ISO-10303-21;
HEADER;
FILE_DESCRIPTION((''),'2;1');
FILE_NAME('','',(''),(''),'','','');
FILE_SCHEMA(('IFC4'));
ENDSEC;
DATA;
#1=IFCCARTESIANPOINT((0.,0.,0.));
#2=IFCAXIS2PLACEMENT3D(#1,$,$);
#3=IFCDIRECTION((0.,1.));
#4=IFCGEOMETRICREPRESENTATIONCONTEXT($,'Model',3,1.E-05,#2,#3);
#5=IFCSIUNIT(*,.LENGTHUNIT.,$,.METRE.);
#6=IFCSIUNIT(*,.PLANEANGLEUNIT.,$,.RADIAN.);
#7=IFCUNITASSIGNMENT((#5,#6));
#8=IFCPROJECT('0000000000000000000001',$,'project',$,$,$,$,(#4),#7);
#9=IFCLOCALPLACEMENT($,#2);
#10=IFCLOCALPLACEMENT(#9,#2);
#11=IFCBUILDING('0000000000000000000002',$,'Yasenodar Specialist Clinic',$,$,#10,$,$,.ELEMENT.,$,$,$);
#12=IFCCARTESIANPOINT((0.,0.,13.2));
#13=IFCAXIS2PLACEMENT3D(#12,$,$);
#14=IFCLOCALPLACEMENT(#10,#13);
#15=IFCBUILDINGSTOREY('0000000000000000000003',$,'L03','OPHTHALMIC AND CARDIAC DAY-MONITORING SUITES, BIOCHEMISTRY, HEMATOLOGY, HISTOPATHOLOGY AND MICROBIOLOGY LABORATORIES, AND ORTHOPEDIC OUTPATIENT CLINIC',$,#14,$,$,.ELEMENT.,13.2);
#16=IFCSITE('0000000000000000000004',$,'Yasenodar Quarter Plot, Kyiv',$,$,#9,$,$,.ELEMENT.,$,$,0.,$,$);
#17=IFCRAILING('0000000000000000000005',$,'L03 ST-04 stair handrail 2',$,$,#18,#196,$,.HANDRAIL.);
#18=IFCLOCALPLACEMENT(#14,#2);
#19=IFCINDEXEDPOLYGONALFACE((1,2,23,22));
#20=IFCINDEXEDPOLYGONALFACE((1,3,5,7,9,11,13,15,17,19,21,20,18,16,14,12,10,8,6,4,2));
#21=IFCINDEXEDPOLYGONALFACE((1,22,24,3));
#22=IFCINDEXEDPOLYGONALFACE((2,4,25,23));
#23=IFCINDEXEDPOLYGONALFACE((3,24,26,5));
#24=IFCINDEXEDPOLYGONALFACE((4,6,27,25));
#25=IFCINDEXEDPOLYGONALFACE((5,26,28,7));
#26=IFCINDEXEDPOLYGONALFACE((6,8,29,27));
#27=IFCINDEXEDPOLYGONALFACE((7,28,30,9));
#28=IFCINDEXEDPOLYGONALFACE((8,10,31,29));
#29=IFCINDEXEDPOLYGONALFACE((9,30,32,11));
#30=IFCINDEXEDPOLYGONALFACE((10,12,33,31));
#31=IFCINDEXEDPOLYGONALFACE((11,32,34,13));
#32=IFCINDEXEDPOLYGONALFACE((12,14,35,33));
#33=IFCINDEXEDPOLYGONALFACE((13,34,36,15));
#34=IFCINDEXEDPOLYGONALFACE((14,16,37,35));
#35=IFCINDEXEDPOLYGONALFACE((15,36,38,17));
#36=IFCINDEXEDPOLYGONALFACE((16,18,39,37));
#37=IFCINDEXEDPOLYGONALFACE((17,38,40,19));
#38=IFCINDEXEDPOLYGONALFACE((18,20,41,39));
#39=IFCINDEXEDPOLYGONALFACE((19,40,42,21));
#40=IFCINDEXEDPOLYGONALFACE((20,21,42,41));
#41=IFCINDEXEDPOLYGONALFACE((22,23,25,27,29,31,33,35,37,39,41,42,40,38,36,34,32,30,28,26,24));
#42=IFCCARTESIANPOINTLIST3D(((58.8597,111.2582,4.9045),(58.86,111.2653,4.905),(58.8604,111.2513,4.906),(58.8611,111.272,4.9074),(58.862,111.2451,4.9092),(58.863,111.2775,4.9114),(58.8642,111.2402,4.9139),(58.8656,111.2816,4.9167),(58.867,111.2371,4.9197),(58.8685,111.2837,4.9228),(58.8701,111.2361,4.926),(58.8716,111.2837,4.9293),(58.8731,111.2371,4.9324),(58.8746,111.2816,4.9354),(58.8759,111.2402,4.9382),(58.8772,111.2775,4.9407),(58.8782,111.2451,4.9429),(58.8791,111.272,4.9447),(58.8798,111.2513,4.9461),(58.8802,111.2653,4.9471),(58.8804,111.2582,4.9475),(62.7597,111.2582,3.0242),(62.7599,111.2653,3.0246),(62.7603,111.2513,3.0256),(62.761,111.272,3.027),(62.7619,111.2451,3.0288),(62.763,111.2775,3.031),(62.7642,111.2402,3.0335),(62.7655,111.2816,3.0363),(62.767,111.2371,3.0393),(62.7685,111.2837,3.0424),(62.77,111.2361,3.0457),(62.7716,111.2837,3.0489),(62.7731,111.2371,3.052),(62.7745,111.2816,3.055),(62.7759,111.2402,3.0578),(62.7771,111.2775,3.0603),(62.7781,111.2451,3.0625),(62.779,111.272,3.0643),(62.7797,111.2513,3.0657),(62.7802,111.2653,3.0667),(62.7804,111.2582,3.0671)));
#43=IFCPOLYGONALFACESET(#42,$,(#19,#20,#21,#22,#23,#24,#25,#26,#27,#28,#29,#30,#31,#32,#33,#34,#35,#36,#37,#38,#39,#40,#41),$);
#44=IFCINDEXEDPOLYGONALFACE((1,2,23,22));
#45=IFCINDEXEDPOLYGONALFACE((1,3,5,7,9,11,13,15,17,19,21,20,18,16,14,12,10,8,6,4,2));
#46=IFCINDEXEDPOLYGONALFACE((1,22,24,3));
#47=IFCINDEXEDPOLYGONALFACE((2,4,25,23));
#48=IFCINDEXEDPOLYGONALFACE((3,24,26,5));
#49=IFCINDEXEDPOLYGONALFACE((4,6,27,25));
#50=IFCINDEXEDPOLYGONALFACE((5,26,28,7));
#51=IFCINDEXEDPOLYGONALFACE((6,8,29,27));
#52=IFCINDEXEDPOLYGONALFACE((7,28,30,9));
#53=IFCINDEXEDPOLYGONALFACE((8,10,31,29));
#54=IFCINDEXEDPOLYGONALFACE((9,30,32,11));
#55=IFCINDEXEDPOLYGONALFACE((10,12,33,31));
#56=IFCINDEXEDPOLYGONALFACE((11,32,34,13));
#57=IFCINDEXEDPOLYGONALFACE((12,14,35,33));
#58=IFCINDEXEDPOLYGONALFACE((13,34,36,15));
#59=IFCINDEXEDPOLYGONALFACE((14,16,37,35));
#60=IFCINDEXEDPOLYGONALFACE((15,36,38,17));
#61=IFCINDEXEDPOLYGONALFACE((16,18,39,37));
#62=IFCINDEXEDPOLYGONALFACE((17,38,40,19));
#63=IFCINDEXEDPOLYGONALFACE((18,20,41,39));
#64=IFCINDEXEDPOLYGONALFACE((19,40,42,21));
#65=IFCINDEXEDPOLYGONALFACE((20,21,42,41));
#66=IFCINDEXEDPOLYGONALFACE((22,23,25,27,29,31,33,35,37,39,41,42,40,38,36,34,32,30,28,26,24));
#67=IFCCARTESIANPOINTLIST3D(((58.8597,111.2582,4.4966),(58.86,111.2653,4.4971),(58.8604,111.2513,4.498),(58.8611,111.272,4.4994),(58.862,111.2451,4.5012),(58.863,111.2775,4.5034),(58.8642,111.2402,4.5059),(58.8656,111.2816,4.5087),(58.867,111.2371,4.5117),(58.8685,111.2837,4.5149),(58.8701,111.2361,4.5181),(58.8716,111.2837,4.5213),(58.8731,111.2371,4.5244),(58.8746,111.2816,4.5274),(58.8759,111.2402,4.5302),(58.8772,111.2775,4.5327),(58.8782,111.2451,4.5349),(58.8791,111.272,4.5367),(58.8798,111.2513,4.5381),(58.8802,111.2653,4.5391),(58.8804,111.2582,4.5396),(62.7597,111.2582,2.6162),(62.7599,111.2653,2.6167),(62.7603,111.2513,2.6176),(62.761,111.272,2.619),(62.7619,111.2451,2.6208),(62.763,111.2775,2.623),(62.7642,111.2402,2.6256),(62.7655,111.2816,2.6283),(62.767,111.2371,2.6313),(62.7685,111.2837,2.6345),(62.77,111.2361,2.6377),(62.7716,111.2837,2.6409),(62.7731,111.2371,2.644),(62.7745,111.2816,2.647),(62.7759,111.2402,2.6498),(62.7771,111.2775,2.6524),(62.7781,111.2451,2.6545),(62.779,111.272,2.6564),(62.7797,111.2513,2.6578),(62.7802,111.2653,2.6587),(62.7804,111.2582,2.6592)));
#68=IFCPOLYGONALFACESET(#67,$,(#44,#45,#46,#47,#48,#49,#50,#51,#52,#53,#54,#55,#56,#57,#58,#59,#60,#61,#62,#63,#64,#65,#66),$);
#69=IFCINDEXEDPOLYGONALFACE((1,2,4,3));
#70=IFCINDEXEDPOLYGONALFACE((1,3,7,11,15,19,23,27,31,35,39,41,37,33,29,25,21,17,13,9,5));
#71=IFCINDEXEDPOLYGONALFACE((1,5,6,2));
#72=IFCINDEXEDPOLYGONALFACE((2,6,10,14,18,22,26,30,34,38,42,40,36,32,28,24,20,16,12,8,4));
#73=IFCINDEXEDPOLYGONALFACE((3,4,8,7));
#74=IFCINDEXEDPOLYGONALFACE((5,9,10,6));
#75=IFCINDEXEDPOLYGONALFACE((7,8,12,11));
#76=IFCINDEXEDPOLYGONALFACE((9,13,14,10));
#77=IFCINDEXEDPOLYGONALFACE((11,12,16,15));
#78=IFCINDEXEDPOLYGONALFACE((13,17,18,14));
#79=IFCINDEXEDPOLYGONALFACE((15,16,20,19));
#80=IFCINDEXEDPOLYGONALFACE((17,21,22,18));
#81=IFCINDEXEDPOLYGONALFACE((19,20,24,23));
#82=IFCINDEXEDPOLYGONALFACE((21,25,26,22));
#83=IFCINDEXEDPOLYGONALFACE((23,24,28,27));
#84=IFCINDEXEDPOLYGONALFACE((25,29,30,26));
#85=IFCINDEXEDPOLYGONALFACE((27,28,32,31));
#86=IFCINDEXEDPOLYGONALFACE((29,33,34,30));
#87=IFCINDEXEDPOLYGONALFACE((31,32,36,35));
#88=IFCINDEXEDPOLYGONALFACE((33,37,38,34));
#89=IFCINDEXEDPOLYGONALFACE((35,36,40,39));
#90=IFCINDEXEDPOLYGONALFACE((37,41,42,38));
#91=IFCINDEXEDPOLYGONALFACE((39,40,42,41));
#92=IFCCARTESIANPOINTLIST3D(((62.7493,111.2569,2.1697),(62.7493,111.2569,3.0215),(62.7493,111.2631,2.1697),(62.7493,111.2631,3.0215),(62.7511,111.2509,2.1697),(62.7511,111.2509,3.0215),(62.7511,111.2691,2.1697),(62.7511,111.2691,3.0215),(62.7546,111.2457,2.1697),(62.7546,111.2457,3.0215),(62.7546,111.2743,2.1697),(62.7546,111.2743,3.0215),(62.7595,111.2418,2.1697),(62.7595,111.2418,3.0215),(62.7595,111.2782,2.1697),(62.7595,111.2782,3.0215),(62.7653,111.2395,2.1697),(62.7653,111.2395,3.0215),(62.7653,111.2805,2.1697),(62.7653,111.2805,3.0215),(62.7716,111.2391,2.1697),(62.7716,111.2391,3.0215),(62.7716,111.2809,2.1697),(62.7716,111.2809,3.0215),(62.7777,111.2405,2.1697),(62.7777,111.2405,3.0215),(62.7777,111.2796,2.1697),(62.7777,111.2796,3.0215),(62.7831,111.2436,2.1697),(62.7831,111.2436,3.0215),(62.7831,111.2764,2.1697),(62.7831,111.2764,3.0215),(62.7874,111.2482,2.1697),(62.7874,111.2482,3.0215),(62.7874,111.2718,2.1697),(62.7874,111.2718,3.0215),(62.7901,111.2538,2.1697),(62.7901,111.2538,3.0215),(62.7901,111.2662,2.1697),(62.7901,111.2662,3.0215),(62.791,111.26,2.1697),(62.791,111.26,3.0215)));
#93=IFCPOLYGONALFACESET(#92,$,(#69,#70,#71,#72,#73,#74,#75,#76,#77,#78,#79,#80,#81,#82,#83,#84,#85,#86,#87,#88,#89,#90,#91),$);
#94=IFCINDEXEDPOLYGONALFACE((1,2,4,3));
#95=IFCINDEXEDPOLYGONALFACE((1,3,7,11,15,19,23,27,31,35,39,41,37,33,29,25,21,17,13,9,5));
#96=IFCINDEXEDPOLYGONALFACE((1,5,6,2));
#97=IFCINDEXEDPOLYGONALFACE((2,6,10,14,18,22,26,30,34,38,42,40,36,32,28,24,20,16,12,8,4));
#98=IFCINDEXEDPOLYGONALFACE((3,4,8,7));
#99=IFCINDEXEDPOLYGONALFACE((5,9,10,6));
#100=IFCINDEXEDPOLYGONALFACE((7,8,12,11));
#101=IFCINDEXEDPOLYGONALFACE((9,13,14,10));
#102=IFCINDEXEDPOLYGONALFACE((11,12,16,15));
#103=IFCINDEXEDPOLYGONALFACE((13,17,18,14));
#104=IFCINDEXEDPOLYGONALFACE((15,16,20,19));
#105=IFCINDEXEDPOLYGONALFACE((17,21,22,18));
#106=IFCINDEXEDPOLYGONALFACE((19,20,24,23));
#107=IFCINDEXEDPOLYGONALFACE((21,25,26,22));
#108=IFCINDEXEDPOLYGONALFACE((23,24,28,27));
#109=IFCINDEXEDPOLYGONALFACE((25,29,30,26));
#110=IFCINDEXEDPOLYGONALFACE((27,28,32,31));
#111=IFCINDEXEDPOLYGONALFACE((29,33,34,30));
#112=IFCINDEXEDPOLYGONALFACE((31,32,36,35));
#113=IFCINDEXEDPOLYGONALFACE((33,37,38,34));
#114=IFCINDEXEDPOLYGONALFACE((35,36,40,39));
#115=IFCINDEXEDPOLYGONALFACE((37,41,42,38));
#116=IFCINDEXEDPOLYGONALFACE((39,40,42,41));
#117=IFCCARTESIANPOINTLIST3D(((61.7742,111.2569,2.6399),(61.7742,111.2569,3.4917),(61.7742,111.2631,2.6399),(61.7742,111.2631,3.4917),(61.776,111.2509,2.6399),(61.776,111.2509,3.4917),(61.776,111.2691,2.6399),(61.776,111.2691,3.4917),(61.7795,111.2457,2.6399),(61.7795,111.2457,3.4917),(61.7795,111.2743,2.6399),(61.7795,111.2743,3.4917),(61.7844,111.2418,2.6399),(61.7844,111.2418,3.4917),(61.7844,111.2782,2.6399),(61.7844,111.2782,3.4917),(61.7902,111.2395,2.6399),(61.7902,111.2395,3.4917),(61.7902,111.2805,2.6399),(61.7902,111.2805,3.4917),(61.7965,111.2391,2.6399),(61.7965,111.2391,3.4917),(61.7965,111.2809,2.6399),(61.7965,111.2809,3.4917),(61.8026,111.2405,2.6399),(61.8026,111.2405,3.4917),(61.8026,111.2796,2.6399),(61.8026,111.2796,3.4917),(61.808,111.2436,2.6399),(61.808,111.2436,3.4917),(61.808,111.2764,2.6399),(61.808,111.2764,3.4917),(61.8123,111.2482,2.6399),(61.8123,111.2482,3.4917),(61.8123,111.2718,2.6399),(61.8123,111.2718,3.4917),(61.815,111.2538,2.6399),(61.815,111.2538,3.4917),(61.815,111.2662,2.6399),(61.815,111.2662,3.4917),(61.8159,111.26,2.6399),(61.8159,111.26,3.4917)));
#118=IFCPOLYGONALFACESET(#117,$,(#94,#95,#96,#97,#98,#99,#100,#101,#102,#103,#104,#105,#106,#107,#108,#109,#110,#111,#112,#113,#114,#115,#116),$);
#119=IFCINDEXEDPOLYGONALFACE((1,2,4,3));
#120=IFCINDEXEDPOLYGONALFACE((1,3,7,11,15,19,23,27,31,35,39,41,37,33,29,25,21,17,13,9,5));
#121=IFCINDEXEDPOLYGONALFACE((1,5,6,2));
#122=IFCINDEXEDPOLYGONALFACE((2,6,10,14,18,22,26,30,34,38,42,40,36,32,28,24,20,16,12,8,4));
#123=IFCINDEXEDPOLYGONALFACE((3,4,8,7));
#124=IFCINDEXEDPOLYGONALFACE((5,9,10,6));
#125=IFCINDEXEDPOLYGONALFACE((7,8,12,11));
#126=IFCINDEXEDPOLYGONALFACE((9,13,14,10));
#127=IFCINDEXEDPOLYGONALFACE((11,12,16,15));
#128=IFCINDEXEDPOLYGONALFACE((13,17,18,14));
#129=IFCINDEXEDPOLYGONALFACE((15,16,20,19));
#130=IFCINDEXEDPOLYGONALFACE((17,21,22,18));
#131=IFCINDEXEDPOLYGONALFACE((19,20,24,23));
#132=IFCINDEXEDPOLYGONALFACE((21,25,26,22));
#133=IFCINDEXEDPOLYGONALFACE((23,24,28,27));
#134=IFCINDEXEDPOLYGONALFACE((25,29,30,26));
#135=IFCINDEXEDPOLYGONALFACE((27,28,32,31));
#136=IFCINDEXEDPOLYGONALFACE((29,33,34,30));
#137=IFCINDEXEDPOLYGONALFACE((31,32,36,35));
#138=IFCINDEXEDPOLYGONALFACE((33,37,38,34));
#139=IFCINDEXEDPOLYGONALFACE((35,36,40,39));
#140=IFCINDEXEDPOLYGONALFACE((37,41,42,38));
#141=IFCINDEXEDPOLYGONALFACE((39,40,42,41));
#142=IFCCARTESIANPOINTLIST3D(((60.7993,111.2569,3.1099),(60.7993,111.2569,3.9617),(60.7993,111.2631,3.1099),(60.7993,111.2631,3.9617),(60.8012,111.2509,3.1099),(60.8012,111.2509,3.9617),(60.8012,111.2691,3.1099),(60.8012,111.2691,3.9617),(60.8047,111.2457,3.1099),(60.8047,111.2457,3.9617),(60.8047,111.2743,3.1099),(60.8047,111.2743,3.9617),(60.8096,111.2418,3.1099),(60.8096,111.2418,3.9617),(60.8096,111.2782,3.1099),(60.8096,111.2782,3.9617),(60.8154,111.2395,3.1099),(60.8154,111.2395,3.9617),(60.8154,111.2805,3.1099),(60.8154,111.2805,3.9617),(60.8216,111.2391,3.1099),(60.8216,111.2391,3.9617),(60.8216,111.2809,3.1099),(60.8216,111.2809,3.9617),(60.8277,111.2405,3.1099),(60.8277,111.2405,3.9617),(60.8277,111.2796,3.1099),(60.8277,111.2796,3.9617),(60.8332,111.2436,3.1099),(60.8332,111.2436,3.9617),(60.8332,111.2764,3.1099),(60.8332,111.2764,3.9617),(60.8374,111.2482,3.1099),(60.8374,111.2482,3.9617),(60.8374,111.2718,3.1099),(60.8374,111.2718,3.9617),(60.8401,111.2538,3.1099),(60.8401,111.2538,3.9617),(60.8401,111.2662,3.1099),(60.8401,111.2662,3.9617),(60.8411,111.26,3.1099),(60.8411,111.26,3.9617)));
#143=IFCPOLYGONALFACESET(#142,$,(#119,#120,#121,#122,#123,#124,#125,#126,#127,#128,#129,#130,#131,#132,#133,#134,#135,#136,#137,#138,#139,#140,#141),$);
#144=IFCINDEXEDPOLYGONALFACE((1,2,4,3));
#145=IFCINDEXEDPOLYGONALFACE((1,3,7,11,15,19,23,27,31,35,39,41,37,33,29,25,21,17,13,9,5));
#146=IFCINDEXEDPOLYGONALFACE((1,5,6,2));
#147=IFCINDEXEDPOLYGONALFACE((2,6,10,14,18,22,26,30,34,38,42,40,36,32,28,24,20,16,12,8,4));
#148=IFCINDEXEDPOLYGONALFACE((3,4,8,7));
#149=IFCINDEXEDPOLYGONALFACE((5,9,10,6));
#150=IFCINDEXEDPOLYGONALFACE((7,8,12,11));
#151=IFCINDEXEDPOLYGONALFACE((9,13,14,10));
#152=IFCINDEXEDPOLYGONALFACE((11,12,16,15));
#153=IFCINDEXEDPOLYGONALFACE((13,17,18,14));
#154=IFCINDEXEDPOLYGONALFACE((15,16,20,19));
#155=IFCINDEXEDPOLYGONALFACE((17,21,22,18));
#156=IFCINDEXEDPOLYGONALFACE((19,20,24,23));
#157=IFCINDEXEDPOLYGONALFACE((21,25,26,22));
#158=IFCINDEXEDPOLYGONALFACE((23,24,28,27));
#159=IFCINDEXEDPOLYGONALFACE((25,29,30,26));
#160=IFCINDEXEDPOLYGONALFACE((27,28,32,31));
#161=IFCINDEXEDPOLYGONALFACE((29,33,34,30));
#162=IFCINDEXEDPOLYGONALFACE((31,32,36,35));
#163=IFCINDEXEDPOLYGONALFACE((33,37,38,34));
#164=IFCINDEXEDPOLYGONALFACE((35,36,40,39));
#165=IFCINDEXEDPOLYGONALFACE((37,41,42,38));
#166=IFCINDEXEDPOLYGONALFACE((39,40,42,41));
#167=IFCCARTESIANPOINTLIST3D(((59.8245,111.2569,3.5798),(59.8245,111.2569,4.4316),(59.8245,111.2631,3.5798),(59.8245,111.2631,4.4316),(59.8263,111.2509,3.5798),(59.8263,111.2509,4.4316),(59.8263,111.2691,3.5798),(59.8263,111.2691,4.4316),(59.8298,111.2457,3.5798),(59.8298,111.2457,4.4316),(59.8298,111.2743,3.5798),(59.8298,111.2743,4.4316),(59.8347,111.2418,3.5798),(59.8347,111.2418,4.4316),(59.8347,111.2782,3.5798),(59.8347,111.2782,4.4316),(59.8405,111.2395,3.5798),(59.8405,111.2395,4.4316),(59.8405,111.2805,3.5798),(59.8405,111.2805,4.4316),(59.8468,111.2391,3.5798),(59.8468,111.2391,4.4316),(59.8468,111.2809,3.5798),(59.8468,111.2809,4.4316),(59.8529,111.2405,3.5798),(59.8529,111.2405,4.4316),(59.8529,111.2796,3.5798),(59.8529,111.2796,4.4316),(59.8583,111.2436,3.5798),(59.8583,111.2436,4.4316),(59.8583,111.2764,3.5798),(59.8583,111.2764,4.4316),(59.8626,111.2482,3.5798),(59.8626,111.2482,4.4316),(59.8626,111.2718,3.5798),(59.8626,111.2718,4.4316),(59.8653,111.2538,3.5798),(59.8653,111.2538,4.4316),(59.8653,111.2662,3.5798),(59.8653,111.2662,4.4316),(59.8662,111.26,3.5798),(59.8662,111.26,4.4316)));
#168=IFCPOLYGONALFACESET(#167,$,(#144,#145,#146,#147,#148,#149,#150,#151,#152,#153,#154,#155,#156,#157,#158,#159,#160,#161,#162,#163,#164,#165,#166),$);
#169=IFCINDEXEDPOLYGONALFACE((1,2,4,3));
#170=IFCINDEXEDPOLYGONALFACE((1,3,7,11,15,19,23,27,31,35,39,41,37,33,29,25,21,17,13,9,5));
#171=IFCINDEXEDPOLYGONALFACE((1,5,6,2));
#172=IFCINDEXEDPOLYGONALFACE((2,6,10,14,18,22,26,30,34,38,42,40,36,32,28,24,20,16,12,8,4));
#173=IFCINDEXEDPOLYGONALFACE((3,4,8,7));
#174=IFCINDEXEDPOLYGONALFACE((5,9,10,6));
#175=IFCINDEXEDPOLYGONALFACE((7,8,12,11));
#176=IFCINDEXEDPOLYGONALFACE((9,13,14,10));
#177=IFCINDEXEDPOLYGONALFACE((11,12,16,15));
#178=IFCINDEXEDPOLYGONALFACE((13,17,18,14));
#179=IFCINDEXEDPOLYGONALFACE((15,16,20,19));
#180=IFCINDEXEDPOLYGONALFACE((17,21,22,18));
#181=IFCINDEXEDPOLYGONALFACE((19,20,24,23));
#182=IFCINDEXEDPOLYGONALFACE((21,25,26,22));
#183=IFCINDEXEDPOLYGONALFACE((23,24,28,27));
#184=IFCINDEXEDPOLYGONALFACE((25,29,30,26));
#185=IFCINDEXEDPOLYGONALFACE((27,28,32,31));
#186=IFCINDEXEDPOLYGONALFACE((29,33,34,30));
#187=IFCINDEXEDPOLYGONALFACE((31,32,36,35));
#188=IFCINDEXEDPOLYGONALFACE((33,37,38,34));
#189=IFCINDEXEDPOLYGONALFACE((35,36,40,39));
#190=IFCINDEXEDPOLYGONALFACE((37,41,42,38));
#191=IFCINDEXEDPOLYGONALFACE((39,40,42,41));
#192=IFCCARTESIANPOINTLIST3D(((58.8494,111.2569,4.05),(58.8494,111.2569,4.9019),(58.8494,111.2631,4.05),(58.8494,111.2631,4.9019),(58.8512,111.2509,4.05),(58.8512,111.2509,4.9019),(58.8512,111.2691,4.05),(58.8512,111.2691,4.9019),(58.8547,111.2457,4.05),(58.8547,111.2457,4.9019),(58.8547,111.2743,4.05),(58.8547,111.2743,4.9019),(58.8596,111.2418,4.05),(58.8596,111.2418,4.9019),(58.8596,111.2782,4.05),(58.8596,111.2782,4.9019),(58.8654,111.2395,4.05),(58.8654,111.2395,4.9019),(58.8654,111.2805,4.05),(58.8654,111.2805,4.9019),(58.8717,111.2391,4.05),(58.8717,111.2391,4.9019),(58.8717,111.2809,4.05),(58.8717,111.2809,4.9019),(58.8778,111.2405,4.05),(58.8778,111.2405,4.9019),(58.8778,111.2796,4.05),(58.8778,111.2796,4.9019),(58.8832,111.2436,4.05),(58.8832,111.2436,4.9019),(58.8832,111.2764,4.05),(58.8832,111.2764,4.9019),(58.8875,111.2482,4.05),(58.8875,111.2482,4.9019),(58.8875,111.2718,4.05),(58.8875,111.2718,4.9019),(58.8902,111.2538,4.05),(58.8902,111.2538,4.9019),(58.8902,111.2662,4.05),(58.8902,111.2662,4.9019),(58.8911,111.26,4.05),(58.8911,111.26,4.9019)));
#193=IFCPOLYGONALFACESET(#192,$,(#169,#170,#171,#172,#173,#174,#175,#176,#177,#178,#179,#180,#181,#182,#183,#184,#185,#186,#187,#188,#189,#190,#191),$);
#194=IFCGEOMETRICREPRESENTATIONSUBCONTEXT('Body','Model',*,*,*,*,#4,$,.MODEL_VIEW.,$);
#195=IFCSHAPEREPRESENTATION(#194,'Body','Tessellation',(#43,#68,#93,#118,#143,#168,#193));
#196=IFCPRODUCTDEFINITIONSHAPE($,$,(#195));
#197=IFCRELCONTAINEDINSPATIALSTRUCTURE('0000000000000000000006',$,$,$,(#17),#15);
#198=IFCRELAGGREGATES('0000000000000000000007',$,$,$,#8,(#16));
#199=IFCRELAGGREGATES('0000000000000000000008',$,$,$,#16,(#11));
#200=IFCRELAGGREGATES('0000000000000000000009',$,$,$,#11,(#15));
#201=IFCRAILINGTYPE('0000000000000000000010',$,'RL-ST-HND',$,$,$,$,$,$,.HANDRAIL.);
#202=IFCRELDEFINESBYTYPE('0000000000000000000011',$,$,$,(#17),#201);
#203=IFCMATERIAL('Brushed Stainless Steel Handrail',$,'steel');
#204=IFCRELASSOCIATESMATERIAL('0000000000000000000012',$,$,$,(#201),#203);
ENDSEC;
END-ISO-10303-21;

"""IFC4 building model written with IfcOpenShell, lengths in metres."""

from ifc_helpers import new_model, si_unit, direction, frame, origin, origin_2d, place, context, subcontext, project, spatial, circle, extrude, material, type_object, element, save


model = new_model("IFC4")

# Units and contexts
model_context = context("Model", 3, precision=1e-05, world=origin(), true_north=direction((0.0, 1.0)))
body_context = subcontext(model_context, "Body", "Model", "MODEL_VIEW")
ifc_project = project(units=[si_unit("LENGTHUNIT", "METRE"), si_unit("PLANEANGLEUNIT", "RADIAN")], contexts=[model_context])

# Site, building, storey
site_placement = place(None, origin())
site = spatial("IfcSite", under=ifc_project, at=site_placement, Name="Yasenodar Quarter Plot, Kyiv", CompositionType="ELEMENT", RefElevation=0.0)
building_placement = place(site_placement, origin())
building = spatial("IfcBuilding", under=site, at=building_placement, Name="Yasenodar Specialist Clinic", CompositionType="ELEMENT")
storey_placement = place(building_placement, frame((0.0, 0.0, 13.2)))
storey = spatial("IfcBuildingStorey", under=building, at=storey_placement, Name="L03", Description="OPHTHALMIC AND CARDIAC DAY-MONITORING SUITES, BIOCHEMISTRY, HEMATOLOGY, HISTOPATHOLOGY AND MICROBIOLOGY LABORATORIES, AND ORTHOPEDIC OUTPATIENT CLINIC", CompositionType="ELEMENT", Elevation=13.2)

# Railing
ifc_material_1 = material(Name="Brushed Stainless Steel Handrail", Category="steel")
railing_type_1 = type_object("IfcRailingType", Name="RL-ST-HND", PredefinedType="HANDRAIL", material=ifc_material_1)
railing_1_placement = place(storey_placement, frame((62.77, 111.26, 2.1697)))
element("IfcRailing", 1, at=railing_1_placement, inside=storey, type_object=railing_type_1, Name="L03 ST-04 stair handrail 2", PredefinedType="HANDRAIL", context=body_context, shape_type="SweptSolid", body=[
    extrude(circle(Radius=0.0239, at=origin_2d()), frame((0.0, 0.0, 0.876), z_axis=(-0.900763, 0.0, 0.434311), x_axis=(0.0, -1.0, 0.0)), (0.0, 0.0, 1.0), 4.3296),
    extrude(circle(Radius=0.0239, at=origin_2d()), frame((0.0, 0.0, 0.468), z_axis=(-0.900763, 0.0, 0.434311), x_axis=(0.0, -1.0, 0.0)), (0.0, 0.0, 1.0), 4.3296),
    extrude(circle(Radius=0.021, at=origin_2d()), origin(), (0.0, 0.0, 1.0), 0.8518),
    extrude(circle(Radius=0.021, at=origin_2d()), frame((-0.9751, 0.0, 0.4702)), (0.0, 0.0, 1.0), 0.8518),
    extrude(circle(Radius=0.021, at=origin_2d()), frame((-1.95, 0.0, 0.9402)), (0.0, 0.0, 1.0), 0.8518),
    extrude(circle(Radius=0.021, at=origin_2d()), frame((-2.9248, 0.0, 1.4102)), (0.0, 0.0, 1.0), 0.8518),
    extrude(circle(Radius=0.021, at=origin_2d()), frame((-3.8999, 0.0, 1.8804)), (0.0, 0.0, 1.0), 0.8518),
])

save(model, "model.ifc")
